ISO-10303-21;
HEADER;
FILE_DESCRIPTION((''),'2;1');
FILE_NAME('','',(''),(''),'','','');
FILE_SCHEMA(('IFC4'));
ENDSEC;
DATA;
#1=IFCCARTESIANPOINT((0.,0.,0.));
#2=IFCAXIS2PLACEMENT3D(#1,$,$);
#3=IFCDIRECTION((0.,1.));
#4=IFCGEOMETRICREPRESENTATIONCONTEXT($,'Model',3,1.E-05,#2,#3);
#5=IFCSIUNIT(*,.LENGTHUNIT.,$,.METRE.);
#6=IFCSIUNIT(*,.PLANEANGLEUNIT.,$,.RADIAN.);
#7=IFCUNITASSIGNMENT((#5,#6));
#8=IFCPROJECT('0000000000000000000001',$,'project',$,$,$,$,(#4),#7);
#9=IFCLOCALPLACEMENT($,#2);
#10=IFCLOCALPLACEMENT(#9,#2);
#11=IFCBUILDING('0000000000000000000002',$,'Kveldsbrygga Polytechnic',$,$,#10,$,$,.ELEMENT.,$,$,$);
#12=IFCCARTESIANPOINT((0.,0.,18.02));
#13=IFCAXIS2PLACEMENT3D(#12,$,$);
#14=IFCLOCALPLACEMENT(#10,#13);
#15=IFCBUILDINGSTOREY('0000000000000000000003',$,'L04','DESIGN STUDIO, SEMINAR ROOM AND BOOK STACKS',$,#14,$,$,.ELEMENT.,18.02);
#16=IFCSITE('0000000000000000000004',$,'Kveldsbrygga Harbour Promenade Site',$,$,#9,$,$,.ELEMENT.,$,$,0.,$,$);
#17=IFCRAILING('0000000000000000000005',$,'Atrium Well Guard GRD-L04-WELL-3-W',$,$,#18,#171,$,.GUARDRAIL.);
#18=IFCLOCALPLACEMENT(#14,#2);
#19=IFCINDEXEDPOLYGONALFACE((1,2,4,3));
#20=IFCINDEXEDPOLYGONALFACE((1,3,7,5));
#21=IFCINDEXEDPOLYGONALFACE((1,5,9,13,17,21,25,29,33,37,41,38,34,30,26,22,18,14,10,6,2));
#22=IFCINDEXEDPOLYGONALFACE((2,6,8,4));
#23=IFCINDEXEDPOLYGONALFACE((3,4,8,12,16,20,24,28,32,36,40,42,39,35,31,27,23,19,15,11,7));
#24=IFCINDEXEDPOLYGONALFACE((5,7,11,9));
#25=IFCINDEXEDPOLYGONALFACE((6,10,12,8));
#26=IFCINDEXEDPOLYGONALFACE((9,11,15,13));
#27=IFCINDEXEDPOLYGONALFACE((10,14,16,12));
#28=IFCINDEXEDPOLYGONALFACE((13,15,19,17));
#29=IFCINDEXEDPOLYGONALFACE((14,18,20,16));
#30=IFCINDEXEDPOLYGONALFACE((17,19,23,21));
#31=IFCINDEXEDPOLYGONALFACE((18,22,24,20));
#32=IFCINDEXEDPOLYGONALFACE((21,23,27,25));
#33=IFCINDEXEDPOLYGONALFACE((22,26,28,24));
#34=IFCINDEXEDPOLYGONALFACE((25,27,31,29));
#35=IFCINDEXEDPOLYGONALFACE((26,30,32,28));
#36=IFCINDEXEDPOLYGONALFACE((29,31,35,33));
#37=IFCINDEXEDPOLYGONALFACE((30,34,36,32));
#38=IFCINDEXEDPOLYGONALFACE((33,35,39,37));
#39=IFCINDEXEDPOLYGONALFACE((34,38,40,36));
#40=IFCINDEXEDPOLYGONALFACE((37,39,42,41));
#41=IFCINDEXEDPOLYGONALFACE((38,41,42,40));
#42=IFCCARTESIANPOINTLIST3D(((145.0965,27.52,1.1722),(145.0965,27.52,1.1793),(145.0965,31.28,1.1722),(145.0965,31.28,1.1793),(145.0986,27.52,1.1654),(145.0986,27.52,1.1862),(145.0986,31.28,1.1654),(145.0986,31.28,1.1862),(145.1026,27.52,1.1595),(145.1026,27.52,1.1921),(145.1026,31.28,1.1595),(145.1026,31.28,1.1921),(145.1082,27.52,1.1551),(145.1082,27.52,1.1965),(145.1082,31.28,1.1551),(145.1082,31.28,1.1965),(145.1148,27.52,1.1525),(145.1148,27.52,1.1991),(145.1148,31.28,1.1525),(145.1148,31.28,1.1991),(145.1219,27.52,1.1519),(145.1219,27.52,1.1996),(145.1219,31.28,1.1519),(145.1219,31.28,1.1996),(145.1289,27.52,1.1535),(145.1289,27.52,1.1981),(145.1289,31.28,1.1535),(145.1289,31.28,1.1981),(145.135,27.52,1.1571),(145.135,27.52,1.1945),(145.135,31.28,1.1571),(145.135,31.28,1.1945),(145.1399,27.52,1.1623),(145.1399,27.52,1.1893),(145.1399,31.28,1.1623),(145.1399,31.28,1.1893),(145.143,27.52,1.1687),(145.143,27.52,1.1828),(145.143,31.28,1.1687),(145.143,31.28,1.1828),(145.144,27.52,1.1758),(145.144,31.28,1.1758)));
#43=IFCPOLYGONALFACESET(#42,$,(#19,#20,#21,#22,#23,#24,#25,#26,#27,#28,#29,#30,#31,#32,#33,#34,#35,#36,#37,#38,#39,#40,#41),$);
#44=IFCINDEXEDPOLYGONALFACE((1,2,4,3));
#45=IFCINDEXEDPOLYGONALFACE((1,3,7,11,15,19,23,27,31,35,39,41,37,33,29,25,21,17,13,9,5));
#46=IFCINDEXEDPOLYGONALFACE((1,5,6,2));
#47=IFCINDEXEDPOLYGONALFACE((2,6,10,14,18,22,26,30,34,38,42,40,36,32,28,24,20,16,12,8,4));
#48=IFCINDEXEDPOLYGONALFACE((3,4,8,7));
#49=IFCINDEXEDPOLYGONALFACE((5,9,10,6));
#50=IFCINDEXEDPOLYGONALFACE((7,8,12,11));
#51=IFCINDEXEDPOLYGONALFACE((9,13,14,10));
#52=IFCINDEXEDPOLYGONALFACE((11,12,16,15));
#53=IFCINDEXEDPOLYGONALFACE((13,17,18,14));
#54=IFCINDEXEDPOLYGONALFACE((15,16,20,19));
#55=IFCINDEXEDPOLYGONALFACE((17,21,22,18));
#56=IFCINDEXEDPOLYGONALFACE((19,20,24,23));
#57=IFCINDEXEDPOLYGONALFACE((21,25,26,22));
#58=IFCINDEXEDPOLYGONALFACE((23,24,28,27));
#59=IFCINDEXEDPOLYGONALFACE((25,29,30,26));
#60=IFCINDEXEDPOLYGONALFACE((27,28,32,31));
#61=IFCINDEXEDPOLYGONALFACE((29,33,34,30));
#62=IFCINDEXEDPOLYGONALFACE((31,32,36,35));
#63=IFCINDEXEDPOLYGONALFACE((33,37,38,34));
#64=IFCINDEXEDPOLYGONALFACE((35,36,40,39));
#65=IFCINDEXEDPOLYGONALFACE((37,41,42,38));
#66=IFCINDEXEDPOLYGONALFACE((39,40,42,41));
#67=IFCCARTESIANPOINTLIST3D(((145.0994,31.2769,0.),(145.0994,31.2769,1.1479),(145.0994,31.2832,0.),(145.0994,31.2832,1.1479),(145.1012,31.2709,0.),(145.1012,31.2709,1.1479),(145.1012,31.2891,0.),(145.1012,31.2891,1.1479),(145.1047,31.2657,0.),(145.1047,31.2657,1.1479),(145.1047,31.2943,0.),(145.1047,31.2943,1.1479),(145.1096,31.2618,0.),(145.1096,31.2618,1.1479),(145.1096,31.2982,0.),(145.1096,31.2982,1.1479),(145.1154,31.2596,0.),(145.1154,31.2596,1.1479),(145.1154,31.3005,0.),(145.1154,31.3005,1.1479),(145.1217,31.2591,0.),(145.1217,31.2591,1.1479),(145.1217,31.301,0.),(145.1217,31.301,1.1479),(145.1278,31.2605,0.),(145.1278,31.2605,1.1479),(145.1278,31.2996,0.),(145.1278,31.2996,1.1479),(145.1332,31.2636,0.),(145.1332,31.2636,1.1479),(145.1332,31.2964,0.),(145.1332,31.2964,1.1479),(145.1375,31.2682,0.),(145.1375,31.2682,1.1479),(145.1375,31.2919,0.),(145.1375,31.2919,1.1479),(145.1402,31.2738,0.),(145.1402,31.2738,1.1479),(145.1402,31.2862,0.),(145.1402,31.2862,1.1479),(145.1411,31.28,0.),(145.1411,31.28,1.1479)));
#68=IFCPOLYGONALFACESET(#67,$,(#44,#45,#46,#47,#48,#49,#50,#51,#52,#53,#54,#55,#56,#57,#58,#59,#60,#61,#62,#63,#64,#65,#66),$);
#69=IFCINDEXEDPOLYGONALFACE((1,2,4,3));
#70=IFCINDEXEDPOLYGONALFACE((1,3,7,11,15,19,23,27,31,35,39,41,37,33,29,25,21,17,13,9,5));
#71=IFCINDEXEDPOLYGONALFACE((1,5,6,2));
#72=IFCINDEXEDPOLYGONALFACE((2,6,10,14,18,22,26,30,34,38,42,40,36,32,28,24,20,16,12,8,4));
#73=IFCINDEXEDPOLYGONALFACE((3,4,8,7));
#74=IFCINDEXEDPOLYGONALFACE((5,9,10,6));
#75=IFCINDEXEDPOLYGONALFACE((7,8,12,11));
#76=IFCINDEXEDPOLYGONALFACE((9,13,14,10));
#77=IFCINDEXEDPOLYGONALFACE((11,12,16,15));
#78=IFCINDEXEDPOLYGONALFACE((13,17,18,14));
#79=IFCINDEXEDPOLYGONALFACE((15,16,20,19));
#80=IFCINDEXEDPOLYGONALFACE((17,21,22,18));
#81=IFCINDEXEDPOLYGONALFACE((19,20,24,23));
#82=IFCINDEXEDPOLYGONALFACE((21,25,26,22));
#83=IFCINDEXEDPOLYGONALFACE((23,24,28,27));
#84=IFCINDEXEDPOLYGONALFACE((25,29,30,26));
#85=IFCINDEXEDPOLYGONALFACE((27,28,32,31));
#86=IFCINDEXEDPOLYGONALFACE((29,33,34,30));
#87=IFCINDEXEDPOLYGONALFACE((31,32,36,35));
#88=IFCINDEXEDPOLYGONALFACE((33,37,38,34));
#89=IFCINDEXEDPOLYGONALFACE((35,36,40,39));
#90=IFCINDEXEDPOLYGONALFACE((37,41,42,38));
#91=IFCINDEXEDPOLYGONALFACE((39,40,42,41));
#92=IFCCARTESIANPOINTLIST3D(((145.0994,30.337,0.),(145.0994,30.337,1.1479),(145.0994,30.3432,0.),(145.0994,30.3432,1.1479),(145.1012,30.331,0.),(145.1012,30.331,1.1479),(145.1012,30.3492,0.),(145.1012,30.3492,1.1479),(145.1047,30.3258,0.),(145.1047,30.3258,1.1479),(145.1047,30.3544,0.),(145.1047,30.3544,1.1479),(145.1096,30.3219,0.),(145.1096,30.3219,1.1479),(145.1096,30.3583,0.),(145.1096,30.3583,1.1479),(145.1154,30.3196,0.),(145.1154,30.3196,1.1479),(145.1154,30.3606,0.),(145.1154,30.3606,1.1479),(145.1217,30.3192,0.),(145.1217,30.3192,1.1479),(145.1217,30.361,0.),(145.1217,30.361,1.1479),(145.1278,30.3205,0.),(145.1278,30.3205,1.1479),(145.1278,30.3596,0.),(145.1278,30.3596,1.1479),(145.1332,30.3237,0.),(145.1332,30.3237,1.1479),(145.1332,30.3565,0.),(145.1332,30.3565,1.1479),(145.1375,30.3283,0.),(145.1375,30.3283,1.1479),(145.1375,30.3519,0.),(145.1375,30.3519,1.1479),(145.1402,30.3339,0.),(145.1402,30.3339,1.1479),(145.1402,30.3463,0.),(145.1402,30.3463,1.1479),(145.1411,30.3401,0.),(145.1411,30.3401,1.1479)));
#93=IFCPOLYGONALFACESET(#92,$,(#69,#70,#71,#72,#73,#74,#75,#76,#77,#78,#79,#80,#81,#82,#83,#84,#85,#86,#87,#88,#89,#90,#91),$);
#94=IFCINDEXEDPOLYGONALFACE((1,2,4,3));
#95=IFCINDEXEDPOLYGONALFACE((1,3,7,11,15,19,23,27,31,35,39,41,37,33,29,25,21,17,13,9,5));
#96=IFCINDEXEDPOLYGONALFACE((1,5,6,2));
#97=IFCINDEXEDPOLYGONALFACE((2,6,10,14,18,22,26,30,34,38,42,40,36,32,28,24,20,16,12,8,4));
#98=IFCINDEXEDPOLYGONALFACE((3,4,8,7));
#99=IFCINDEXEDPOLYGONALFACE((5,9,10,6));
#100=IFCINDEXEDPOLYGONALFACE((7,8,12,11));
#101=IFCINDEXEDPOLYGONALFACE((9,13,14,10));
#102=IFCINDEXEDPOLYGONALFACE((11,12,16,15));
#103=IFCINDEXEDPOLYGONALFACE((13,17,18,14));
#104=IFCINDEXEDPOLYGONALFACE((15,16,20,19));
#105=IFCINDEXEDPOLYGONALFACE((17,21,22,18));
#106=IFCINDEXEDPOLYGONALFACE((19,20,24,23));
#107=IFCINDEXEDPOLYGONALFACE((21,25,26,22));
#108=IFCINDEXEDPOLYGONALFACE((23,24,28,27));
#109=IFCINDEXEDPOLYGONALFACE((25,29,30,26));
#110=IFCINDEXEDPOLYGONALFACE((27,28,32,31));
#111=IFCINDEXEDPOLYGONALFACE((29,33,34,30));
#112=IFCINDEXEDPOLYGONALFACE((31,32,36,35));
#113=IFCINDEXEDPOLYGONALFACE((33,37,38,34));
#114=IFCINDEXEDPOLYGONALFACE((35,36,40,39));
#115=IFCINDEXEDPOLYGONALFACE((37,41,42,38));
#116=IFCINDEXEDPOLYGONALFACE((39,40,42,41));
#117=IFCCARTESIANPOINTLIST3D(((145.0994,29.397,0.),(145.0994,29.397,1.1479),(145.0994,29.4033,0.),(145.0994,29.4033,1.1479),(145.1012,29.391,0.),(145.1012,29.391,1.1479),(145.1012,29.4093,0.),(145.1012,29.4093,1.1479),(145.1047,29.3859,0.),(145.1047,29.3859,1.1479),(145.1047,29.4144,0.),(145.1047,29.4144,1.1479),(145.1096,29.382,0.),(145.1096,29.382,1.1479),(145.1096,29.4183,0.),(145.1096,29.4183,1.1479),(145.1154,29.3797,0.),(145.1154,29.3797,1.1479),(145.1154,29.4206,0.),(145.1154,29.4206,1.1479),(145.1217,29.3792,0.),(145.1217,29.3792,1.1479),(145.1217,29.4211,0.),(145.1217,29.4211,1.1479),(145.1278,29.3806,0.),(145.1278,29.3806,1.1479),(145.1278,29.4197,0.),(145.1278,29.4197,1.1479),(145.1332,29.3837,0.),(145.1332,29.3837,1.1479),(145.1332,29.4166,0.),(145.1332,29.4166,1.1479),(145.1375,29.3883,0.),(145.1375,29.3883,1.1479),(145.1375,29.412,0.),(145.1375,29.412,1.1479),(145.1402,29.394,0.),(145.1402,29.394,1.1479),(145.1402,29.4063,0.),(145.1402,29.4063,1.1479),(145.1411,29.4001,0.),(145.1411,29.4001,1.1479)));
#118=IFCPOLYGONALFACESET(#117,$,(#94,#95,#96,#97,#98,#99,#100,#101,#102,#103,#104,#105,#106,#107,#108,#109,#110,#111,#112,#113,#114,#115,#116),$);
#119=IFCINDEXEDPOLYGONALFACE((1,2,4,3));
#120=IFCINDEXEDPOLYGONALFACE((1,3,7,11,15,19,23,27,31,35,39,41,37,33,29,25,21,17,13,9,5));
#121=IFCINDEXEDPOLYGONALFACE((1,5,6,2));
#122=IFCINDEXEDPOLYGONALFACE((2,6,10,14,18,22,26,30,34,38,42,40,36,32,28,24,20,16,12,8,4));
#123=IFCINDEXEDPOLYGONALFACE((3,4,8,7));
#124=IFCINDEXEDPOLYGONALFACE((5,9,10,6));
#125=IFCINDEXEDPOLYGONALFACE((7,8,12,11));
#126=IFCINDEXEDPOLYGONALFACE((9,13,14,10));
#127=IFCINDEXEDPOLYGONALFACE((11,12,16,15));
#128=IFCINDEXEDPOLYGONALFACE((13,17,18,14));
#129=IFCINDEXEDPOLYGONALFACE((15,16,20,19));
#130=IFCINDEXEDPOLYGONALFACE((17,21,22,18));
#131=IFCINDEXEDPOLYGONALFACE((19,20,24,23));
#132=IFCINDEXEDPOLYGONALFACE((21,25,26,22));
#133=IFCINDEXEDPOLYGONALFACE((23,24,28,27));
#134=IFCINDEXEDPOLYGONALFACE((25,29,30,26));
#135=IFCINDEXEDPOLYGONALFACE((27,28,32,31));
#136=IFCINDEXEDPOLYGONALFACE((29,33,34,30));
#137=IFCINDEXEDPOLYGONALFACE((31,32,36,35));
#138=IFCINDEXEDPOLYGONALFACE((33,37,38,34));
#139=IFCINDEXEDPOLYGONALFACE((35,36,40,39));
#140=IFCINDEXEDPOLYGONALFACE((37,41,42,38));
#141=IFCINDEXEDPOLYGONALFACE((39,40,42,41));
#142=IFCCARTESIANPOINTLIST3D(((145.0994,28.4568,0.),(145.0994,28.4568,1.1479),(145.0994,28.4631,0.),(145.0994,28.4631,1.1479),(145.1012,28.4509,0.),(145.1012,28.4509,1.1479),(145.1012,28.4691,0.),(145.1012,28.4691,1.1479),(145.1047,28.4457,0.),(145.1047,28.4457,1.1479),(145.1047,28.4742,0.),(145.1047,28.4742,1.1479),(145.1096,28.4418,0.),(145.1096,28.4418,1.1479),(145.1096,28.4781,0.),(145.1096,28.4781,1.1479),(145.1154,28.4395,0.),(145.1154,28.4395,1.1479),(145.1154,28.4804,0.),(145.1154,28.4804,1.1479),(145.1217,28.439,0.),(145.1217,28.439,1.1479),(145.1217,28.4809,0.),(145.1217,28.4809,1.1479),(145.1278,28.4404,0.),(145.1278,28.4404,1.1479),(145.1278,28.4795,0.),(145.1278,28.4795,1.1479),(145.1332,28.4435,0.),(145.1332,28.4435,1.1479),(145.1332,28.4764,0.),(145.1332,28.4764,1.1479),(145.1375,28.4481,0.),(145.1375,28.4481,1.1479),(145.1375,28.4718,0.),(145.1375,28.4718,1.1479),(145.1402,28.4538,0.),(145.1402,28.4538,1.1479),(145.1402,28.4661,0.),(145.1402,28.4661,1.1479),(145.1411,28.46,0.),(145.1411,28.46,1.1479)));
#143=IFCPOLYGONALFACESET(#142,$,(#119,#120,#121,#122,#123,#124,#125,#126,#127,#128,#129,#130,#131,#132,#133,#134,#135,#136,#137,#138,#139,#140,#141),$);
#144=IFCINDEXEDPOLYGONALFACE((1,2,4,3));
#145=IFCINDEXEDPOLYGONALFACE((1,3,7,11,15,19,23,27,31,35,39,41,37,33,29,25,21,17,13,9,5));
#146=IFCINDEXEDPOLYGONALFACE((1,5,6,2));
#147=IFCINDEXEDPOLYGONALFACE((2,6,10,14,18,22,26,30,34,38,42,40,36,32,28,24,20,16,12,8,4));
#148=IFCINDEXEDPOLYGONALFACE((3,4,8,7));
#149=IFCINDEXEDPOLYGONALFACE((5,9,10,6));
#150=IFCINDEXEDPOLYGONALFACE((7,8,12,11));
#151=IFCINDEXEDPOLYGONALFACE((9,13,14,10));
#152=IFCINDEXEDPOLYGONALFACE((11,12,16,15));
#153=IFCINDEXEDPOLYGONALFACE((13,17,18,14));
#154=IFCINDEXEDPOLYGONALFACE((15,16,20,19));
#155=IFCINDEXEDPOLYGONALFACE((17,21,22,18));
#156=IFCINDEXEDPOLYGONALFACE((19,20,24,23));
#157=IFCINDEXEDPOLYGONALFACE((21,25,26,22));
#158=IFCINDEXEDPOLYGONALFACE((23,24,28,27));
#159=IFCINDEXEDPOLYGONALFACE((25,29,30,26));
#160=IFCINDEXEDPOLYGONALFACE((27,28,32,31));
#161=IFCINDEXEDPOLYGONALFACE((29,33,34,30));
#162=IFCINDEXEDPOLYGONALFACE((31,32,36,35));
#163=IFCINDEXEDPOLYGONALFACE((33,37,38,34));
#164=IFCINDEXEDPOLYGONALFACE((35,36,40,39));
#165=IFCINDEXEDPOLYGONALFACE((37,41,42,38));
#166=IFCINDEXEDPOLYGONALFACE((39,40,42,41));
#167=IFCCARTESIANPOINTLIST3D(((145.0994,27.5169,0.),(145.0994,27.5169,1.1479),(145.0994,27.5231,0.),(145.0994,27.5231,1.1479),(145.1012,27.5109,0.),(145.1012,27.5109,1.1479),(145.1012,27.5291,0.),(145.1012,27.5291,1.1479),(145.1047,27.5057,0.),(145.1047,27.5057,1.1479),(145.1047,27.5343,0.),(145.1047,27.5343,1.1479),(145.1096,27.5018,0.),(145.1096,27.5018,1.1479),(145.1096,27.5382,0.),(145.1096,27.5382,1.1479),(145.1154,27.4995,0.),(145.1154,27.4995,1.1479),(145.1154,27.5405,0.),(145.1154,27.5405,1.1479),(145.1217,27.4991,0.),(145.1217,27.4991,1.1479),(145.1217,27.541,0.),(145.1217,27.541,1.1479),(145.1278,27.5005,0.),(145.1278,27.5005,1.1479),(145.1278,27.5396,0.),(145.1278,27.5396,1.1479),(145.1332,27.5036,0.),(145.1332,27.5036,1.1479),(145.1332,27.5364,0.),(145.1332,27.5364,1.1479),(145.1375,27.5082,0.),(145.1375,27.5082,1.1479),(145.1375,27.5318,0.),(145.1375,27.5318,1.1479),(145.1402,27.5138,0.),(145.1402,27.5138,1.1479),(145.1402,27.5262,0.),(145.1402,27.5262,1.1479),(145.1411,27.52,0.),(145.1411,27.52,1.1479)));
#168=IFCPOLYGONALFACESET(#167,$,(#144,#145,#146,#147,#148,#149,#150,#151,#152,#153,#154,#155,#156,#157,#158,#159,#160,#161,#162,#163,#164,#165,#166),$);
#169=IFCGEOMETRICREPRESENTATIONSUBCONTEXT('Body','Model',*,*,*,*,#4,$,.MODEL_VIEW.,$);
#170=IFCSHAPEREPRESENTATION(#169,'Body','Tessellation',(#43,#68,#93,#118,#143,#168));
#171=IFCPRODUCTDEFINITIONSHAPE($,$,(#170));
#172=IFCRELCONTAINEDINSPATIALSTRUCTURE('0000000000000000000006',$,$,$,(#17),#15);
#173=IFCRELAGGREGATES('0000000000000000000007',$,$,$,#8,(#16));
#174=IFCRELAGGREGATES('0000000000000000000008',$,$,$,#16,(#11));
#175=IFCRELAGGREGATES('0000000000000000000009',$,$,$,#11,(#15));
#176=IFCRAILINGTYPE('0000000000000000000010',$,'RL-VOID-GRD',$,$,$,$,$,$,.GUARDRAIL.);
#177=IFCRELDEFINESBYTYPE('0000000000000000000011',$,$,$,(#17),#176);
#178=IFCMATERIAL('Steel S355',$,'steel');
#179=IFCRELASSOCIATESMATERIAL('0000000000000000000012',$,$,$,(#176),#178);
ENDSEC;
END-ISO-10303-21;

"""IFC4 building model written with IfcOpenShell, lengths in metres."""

from ifc_helpers import new_model, si_unit, direction, frame, origin, origin_2d, place, context, subcontext, project, spatial, circle, extrude, material, type_object, element, save


model = new_model("IFC4")

# Units and contexts
model_context = context("Model", 3, precision=1e-05, world=origin(), true_north=direction((0.0, 1.0)))
body_context = subcontext(model_context, "Body", "Model", "MODEL_VIEW")
ifc_project = project(units=[si_unit("LENGTHUNIT", "METRE"), si_unit("PLANEANGLEUNIT", "RADIAN")], contexts=[model_context])

# Site, building, storey
site_placement = place(None, origin())
site = spatial("IfcSite", under=ifc_project, at=site_placement, Name="Kveldsbrygga Harbour Promenade Site", CompositionType="ELEMENT", RefElevation=0.0)
building_placement = place(site_placement, origin())
building = spatial("IfcBuilding", under=site, at=building_placement, Name="Kveldsbrygga Polytechnic", CompositionType="ELEMENT")
storey_placement = place(building_placement, frame((0.0, 0.0, 18.02)))
storey = spatial("IfcBuildingStorey", under=building, at=storey_placement, Name="L04", Description="DESIGN STUDIO, SEMINAR ROOM AND BOOK STACKS", CompositionType="ELEMENT", Elevation=18.02)

# Shared definitions
ifc_material_1 = material(Name="Steel S355", Category="steel")

# Railing
railing_type = type_object("IfcRailingType", Name="RL-VOID-GRD", PredefinedType="GUARDRAIL", material=ifc_material_1)
railing_1_placement = place(storey_placement, frame((145.1201, 31.28, 0.0)))
element("IfcRailing", 1, at=railing_1_placement, inside=storey, type_object=railing_type, Name="Atrium Well Guard GRD-L04-WELL-3-W", PredefinedType="GUARDRAIL", context=body_context, shape_type="SweptSolid", body=[
    extrude(circle(Radius=0.0239, at=origin_2d()), frame((0.0, 0.0, 1.1758), z_axis=(0.0, -1.0, 0.0), x_axis=(1.0, 0.0, 0.0)), (0.0, 0.0, 1.0), 3.76),
    extrude(circle(Radius=0.021, at=origin_2d()), origin(), (0.0, 0.0, 1.0), 1.1479),
    extrude(circle(Radius=0.021, at=origin_2d()), frame((0.0, -0.9399, 0.0)), (0.0, 0.0, 1.0), 1.1479),
    extrude(circle(Radius=0.021, at=origin_2d()), frame((0.0, -1.8799, 0.0)), (0.0, 0.0, 1.0), 1.1479),
    extrude(circle(Radius=0.021, at=origin_2d()), frame((0.0, -2.8201, 0.0)), (0.0, 0.0, 1.0), 1.1479),
    extrude(circle(Radius=0.021, at=origin_2d()), frame((0.0, -3.76, 0.0)), (0.0, 0.0, 1.0), 1.1479),
])

save(model, "model.ifc")
